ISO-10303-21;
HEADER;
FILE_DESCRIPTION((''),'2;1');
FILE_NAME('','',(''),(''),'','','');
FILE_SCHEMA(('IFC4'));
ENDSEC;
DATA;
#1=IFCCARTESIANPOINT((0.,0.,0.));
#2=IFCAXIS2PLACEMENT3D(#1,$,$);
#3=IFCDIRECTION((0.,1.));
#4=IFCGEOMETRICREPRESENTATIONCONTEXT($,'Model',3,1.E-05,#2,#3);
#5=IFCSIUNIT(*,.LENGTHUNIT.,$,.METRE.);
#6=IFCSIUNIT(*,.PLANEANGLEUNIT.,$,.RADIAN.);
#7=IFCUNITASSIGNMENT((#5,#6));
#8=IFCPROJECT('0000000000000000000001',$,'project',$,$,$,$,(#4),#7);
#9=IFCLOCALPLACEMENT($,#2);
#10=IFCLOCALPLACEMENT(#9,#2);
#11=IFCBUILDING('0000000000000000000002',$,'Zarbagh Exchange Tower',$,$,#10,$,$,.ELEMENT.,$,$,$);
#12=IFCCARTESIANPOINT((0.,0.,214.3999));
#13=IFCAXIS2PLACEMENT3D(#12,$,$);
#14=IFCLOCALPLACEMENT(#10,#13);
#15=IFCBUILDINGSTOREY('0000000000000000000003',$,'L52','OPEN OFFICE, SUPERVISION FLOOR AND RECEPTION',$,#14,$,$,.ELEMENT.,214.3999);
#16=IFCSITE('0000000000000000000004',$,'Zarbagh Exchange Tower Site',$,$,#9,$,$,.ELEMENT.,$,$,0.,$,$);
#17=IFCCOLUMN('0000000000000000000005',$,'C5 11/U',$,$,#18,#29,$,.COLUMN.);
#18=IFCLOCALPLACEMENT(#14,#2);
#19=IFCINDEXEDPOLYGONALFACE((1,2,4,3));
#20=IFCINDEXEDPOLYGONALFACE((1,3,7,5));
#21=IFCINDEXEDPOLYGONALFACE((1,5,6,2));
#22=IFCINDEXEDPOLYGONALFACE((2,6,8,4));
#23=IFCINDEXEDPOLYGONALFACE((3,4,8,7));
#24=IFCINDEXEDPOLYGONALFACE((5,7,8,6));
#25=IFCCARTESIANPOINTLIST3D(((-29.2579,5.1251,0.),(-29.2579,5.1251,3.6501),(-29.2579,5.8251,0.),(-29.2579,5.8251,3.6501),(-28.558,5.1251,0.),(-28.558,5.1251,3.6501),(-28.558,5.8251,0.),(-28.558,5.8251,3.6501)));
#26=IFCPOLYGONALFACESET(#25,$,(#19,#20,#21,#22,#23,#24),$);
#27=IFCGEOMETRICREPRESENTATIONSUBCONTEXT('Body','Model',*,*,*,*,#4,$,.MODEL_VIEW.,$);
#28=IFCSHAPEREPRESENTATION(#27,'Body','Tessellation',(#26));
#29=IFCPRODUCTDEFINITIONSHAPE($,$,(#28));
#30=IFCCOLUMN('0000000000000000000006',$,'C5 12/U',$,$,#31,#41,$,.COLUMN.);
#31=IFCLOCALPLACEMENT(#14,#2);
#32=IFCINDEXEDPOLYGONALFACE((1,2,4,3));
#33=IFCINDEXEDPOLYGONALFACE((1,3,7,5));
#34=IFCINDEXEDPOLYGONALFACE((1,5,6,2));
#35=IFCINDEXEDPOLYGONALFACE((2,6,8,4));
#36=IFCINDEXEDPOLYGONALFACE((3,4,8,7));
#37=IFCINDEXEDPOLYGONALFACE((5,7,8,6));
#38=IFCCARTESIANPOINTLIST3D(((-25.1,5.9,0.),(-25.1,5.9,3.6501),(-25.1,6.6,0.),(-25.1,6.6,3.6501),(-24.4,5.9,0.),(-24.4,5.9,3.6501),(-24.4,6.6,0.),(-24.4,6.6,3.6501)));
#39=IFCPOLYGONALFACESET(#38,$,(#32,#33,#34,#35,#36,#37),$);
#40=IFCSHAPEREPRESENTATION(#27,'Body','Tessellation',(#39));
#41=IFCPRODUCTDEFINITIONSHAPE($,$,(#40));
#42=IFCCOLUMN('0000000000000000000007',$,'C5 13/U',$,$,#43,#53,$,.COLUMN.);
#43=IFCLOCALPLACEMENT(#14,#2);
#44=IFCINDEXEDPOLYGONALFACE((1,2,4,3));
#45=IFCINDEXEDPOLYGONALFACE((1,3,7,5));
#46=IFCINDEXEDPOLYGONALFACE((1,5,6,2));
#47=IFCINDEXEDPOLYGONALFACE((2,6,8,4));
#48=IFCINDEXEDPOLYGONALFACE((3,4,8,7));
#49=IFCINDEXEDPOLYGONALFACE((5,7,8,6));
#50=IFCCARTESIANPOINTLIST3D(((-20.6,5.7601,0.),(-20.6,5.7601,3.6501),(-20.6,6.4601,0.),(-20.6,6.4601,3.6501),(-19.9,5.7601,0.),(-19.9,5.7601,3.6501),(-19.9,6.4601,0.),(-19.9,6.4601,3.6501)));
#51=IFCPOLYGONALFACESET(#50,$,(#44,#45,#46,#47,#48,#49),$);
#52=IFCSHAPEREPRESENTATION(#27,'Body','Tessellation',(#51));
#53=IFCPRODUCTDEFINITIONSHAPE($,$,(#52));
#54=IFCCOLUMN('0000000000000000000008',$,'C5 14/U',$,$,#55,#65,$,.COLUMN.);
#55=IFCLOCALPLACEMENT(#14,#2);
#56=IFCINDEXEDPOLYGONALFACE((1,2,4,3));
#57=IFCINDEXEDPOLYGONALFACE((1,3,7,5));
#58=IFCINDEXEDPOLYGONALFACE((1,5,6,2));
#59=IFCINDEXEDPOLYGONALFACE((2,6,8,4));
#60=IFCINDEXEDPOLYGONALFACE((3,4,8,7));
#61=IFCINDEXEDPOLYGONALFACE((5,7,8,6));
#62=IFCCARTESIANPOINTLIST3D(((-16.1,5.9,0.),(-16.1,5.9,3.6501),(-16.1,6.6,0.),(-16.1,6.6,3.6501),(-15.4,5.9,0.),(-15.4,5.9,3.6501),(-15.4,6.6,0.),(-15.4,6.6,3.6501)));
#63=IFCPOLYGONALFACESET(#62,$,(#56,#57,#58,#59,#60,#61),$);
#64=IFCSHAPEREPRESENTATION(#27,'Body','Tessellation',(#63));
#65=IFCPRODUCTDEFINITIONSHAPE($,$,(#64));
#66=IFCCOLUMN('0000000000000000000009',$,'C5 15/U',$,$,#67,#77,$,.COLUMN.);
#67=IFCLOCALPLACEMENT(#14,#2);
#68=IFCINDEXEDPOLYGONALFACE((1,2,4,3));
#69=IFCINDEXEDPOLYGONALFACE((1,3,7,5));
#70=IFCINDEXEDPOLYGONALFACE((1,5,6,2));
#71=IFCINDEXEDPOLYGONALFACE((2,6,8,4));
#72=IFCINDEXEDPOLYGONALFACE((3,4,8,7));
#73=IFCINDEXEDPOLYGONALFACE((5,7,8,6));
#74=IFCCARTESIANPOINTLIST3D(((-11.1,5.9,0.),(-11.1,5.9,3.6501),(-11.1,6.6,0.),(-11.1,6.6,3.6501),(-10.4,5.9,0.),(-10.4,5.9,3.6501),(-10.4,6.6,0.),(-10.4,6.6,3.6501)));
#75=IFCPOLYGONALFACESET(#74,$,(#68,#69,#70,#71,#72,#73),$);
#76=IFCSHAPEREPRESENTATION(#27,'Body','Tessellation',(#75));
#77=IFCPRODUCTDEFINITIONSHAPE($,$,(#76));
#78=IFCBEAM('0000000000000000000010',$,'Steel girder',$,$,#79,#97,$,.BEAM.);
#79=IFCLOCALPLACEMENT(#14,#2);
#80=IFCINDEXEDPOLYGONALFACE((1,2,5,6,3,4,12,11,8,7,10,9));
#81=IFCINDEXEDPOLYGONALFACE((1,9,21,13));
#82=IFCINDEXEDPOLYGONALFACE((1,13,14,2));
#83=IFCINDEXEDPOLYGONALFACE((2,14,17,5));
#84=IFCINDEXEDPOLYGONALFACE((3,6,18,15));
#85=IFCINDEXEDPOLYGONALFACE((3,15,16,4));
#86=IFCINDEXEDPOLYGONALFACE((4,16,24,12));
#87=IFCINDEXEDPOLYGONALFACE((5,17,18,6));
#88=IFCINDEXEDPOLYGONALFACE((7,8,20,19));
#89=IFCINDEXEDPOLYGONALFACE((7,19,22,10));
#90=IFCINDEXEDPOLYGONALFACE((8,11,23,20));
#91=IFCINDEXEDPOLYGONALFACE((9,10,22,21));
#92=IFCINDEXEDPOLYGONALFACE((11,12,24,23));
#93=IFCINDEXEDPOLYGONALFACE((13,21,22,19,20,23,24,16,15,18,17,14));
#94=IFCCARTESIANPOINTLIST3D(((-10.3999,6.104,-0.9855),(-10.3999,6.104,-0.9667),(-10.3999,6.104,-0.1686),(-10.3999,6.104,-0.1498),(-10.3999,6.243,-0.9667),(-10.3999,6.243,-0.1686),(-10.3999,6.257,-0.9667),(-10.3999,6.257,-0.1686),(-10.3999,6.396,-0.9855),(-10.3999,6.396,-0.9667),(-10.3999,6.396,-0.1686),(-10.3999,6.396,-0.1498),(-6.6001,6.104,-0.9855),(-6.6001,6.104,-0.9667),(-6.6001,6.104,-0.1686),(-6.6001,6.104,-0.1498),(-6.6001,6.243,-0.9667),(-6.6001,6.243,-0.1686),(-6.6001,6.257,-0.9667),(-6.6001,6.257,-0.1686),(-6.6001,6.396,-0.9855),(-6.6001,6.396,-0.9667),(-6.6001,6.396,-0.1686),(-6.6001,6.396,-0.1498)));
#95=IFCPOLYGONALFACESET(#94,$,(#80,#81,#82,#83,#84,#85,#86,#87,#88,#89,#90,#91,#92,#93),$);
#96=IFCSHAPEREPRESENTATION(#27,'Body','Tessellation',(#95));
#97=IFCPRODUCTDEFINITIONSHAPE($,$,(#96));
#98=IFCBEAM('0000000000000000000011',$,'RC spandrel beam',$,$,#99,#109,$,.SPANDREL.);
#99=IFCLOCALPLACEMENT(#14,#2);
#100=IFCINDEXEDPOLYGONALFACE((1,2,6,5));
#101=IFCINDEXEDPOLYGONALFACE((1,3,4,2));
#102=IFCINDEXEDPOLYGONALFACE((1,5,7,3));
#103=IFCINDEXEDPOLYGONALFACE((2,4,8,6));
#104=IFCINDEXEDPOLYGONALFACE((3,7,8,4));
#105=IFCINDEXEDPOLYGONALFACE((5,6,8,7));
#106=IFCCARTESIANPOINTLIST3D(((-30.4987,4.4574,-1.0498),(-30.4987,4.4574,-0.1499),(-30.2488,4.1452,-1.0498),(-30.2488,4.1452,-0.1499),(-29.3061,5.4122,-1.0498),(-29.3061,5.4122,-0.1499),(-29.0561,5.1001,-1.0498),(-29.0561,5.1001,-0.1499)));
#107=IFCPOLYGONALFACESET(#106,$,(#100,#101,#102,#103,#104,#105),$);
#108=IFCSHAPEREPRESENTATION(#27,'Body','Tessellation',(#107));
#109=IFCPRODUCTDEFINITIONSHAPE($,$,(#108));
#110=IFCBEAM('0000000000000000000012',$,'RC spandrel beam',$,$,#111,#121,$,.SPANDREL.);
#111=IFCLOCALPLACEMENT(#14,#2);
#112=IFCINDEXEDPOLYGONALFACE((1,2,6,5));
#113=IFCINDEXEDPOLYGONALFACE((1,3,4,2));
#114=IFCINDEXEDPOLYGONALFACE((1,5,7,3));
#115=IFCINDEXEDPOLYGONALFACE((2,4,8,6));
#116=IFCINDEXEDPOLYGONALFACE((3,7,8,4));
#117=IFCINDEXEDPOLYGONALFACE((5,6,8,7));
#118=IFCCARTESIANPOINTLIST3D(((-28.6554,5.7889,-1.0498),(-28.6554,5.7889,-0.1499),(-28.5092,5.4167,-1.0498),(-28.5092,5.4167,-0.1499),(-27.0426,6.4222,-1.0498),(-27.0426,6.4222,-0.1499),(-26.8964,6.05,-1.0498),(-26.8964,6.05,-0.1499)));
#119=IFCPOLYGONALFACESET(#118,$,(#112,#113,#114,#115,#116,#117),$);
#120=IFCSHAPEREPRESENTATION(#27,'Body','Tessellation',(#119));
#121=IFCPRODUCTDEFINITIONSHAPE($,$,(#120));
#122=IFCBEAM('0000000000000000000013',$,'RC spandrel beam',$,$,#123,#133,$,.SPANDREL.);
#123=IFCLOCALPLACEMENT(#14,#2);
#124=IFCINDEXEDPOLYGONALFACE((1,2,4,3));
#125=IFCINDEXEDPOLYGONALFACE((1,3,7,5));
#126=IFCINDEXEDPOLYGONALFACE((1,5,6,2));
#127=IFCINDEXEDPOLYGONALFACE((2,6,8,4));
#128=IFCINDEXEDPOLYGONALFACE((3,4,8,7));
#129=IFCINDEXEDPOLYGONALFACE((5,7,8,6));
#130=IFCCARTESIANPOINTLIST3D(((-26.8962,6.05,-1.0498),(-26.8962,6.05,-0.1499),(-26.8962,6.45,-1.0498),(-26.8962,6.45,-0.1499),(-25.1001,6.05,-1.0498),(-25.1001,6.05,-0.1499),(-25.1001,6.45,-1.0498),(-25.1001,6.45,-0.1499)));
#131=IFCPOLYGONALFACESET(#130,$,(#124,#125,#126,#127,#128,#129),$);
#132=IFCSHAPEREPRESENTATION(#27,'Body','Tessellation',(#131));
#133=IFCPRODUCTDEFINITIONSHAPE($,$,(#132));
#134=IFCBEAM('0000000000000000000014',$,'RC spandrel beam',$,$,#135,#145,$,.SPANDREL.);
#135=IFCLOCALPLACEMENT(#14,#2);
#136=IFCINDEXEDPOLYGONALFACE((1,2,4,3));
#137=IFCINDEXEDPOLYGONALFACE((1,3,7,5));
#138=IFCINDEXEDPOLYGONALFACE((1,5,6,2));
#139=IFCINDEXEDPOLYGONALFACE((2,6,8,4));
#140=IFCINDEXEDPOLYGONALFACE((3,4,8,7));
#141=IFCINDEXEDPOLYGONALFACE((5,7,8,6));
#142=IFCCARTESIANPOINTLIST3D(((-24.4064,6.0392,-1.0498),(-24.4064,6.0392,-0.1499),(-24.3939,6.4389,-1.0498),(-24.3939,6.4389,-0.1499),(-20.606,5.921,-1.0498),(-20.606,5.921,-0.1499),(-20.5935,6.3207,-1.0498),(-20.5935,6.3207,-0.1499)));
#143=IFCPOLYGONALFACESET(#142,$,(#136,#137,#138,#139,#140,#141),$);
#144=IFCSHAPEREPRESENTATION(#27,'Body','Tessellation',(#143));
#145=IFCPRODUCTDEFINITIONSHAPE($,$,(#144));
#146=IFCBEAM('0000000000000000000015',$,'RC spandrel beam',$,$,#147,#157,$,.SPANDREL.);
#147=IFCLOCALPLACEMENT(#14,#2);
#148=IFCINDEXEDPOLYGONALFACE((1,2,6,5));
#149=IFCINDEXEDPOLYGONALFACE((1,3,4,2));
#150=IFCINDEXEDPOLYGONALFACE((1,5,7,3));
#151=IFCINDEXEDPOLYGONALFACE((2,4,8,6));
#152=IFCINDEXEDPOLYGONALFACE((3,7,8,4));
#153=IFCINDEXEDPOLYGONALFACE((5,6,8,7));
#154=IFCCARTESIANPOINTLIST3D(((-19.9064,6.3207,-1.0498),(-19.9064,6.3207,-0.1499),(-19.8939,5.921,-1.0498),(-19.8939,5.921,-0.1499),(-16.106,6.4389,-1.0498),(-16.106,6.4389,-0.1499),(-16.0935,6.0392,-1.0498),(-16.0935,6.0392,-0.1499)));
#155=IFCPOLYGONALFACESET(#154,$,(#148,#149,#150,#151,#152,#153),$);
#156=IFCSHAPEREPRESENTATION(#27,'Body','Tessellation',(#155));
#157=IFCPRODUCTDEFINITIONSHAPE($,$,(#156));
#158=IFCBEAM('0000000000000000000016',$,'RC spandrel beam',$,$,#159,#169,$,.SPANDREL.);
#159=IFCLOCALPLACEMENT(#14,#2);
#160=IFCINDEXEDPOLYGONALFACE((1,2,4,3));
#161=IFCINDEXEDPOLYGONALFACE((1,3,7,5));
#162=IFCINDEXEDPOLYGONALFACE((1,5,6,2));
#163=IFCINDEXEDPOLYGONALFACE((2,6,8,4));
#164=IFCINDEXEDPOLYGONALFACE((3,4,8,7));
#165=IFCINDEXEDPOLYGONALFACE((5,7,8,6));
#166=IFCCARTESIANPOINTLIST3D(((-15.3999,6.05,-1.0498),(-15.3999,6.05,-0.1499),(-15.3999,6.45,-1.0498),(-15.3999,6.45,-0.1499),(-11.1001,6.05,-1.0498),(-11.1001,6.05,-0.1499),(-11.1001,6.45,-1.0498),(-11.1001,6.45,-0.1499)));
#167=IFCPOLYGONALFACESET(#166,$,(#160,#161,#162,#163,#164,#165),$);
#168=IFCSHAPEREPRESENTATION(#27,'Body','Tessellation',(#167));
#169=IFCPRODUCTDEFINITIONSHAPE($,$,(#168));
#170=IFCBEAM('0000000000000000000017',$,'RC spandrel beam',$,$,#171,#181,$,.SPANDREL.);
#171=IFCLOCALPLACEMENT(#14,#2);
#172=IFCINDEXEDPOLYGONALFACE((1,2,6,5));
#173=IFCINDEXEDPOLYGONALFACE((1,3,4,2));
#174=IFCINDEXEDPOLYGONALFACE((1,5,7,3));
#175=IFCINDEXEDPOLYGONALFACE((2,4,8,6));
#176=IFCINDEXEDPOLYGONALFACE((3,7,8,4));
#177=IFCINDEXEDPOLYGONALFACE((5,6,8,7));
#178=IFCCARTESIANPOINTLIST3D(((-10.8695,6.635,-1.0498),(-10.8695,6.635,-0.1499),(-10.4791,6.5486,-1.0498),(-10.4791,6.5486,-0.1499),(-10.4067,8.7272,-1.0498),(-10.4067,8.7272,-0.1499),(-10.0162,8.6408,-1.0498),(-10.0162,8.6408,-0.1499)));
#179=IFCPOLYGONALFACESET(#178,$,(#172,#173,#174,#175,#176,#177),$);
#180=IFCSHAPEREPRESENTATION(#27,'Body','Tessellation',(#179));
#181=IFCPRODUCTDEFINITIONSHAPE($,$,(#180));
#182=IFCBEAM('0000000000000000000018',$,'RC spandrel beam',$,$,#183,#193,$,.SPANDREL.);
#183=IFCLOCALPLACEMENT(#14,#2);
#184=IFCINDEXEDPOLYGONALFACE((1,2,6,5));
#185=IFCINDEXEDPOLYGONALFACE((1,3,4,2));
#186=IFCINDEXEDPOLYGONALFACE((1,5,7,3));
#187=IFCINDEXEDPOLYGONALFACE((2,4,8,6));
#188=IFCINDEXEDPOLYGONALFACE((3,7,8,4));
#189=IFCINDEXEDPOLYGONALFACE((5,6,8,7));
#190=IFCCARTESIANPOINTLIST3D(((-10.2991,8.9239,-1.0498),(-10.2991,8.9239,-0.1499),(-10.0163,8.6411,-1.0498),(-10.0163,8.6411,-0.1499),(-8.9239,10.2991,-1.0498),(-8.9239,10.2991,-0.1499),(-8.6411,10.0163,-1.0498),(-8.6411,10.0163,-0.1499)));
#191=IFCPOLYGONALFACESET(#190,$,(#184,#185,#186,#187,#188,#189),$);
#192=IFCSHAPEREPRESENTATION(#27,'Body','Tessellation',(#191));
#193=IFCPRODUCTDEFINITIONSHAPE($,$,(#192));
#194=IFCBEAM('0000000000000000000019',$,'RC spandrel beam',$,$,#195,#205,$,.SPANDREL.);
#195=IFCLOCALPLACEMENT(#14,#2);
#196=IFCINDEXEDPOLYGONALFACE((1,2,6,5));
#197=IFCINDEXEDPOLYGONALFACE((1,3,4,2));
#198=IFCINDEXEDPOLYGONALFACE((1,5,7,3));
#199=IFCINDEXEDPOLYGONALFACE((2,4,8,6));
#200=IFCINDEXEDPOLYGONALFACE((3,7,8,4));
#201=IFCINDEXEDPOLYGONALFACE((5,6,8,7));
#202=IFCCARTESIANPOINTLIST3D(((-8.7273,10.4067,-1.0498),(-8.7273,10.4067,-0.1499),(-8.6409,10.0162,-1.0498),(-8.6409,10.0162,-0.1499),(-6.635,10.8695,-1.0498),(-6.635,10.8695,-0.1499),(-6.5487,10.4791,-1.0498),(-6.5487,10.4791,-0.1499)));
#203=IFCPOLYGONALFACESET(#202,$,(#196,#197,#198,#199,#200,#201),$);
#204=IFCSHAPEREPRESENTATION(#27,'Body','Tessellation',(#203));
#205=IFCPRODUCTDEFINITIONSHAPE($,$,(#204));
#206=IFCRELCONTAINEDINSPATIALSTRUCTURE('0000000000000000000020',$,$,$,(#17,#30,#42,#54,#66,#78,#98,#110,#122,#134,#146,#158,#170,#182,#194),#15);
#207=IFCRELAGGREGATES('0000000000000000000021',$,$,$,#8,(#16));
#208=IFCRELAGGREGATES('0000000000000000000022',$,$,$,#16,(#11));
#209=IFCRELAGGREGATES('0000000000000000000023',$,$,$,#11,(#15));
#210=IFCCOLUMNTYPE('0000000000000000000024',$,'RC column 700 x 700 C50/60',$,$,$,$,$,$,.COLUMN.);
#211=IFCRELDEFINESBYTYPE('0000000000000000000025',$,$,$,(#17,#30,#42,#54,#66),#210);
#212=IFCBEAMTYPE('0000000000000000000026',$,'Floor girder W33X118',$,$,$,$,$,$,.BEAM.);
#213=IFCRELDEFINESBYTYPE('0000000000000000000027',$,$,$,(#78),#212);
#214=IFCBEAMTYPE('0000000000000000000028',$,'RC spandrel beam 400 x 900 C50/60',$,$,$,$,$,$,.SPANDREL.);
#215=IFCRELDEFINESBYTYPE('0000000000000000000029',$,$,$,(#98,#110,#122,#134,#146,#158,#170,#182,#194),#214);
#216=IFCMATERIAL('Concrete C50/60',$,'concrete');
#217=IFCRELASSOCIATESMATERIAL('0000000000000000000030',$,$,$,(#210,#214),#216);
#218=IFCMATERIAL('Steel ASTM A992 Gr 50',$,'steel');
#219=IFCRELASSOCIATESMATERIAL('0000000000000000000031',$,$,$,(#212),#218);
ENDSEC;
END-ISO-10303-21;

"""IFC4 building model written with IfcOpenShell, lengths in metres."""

from ifc_helpers import new_model, si_unit, direction, frame, origin, origin_2d, place, context, subcontext, project, spatial, rectangle, i_section, extrude, material, material_profile, profile_set, type_object, element, save


model = new_model("IFC4")

# Units and contexts
model_context = context("Model", 3, precision=1e-05, world=origin(), true_north=direction((0.0, 1.0)))
body_context = subcontext(model_context, "Body", "Model", "MODEL_VIEW")
ifc_project = project(units=[si_unit("LENGTHUNIT", "METRE"), si_unit("PLANEANGLEUNIT", "RADIAN")], contexts=[model_context])

# Site, building, storey
site_placement = place(None, origin())
site = spatial("IfcSite", under=ifc_project, at=site_placement, Name="Zarbagh Exchange Tower Site", CompositionType="ELEMENT", RefElevation=0.0)
building_placement = place(site_placement, origin())
building = spatial("IfcBuilding", under=site, at=building_placement, Name="Zarbagh Exchange Tower", CompositionType="ELEMENT")
storey_placement = place(building_placement, frame((0.0, 0.0, 214.3999)))
storey = spatial("IfcBuildingStorey", under=building, at=storey_placement, Name="L52", Description="OPEN OFFICE, SUPERVISION FLOOR AND RECEPTION", CompositionType="ELEMENT", Elevation=214.3999)

# Columns
ifc_material_1 = material(Name="Concrete C50/60", Category="concrete")
ifc_material_profile_1 = material_profile(ifc_material_1, rectangle(XDim=0.7, YDim=0.7, at=origin_2d()), Name="RC column 700 x 700 C50/60")
ifc_profile_set_1 = profile_set([ifc_material_profile_1], Name="Concrete C50/60")
column_type = type_object("IfcColumnType", Name="RC column 700 x 700 C50/60", PredefinedType="COLUMN", material=ifc_profile_set_1)
for number, where, z_axis, x_axis, name in (
    (1, (-28.908, 5.4751, 0.0), (0.0, 0.0, 1.0), (1.0, 0.0, 0.0), "C5 11/U"),
    (2, (-24.75, 6.25, 0.0), (0.0, 0.0, 1.0), (1.0, 0.0, 0.0), "C5 12/U"),
    (3, (-20.25, 6.1101, 0.0), (0.0, 0.0, 1.0), (1.0, 0.0, 0.0), "C5 13/U"),
    (4, (-15.75, 6.25, 0.0), (0.0, 0.0, 1.0), (1.0, 0.0, 0.0), "C5 14/U"),
    (5, (-10.75, 6.25, 0.0), (0.0, 0.0, 1.0), (1.0, 0.0, 0.0), "C5 15/U"),
):
    element("IfcColumn", number, at=place(storey_placement, frame(where, z_axis=z_axis, x_axis=x_axis)), inside=storey, type_object=column_type, Name=name, PredefinedType="COLUMN", context=body_context, shape_type="SweptSolid", body=[
        extrude(rectangle(XDim=0.7, YDim=0.7, at=origin_2d()), origin(), (0.0, 0.0, 1.0), 3.6501),
    ])

# Beams
ifc_material_2 = material(Name="Steel ASTM A992 Gr 50", Category="steel")
ifc_material_profile_2 = material_profile(ifc_material_2, i_section(OverallWidth=0.292, OverallDepth=0.8357, WebThickness=0.0139, FlangeThickness=0.0188, at=origin_2d()), Name="W33X118")
ifc_profile_set_2 = profile_set([ifc_material_profile_2], Name="Steel ASTM A992 Gr 50")
beam_type_1 = type_object("IfcBeamType", Name="Floor girder W33X118", PredefinedType="BEAM", material=ifc_profile_set_2)
beam_1_placement = place(storey_placement, frame((-10.3999, 6.25, -0.5676), z_axis=(1.0, 0.0, 0.0), x_axis=(0.0, 1.0, 0.0)))
element("IfcBeam", 6, at=beam_1_placement, inside=storey, type_object=beam_type_1, Name="Steel girder", PredefinedType="BEAM", context=body_context, shape_type="SweptSolid", body=[
    extrude(i_section(OverallWidth=0.292, OverallDepth=0.8357, WebThickness=0.0139, FlangeThickness=0.0188, at=origin_2d()), origin(), (0.0, 0.0, 1.0), 3.7998),
])
ifc_material_profile_3 = material_profile(ifc_material_1, rectangle(XDim=0.3999, YDim=0.8999, at=origin_2d()), Name="RC spandrel beam 400 x 900 C50/60")
ifc_profile_set_3 = profile_set([ifc_material_profile_3], Name="Concrete C50/60")
beam_type_2 = type_object("IfcBeamType", Name="RC spandrel beam 400 x 900 C50/60", PredefinedType="SPANDREL", material=ifc_profile_set_3)
beam_2_placement = place(storey_placement, frame((-30.3738, 4.3013, -0.5999), z_axis=(0.780635, 0.624987, 0.0), x_axis=(-0.624987, 0.780635, 0.0)))
element("IfcBeam", 7, at=beam_2_placement, inside=storey, type_object=beam_type_2, Name="RC spandrel beam", PredefinedType="SPANDREL", context=body_context, shape_type="SweptSolid", body=[
    extrude(rectangle(XDim=0.3999, YDim=0.8999, at=origin_2d()), origin(), (0.0, 0.0, 1.0), 1.5278),
])
beam_3_placement = place(storey_placement, frame((-28.5823, 5.6028, -0.5999), z_axis=(0.93081, 0.365504, 0.0), x_axis=(-0.365504, 0.93081, 0.0)))
element("IfcBeam", 8, at=beam_3_placement, inside=storey, type_object=beam_type_2, Name="RC spandrel beam", PredefinedType="SPANDREL", context=body_context, shape_type="SweptSolid", body=[
    extrude(rectangle(XDim=0.3999, YDim=0.8999, at=origin_2d()), origin(), (0.0, 0.0, 1.0), 1.7327),
])
beam_4_placement = place(storey_placement, frame((-26.8962, 6.25, -0.5999), z_axis=(1.0, 0.0, 0.0), x_axis=(0.0, 1.0, 0.0)))
element("IfcBeam", 9, at=beam_4_placement, inside=storey, type_object=beam_type_2, Name="RC spandrel beam", PredefinedType="SPANDREL", context=body_context, shape_type="SweptSolid", body=[
    extrude(rectangle(XDim=0.3999, YDim=0.8999, at=origin_2d()), origin(), (0.0, 0.0, 1.0), 1.7961),
])
for number, where, z_axis, x_axis, name in (
    (10, (-24.4001, 6.239, -0.5999), (0.999517, -0.031078, 0.0), (0.031078, 0.999517, 0.0), "RC spandrel beam"),
    (11, (-19.9001, 6.1208, -0.5999), (0.999517, 0.031078, 0.0), (-0.031078, 0.999517, 0.0), "RC spandrel beam"),
):
    element("IfcBeam", number, at=place(storey_placement, frame(where, z_axis=z_axis, x_axis=x_axis)), inside=storey, type_object=beam_type_2, Name=name, PredefinedType="SPANDREL", context=body_context, shape_type="SweptSolid", body=[
        extrude(rectangle(XDim=0.3999, YDim=0.8999, at=origin_2d()), origin(), (0.0, 0.0, 1.0), 3.8022),
    ])
beam_5_placement = place(storey_placement, frame((-15.3999, 6.25, -0.5999), z_axis=(1.0, 0.0, 0.0), x_axis=(0.0, 1.0, 0.0)))
element("IfcBeam", 12, at=beam_5_placement, inside=storey, type_object=beam_type_2, Name="RC spandrel beam", PredefinedType="SPANDREL", context=body_context, shape_type="SweptSolid", body=[
    extrude(rectangle(XDim=0.3999, YDim=0.8999, at=origin_2d()), origin(), (0.0, 0.0, 1.0), 4.2998),
])
beam_6_placement = place(storey_placement, frame((-10.6743, 6.5918, -0.5999), z_axis=(0.216014, 0.97639, 0.0), x_axis=(-0.97639, 0.216014, 0.0)))
element("IfcBeam", 13, at=beam_6_placement, inside=storey, type_object=beam_type_2, Name="RC spandrel beam", PredefinedType="SPANDREL", context=body_context, shape_type="SweptSolid", body=[
    extrude(rectangle(XDim=0.3999, YDim=0.8999, at=origin_2d()), origin(), (0.0, 0.0, 1.0), 2.1428),
])
beam_7_placement = place(storey_placement, frame((-10.1577, 8.7825, -0.5999), z_axis=(0.707107, 0.707107, 0.0), x_axis=(-0.707107, 0.707107, 0.0)))
element("IfcBeam", 14, at=beam_7_placement, inside=storey, type_object=beam_type_2, Name="RC spandrel beam", PredefinedType="SPANDREL", context=body_context, shape_type="SweptSolid", body=[
    extrude(rectangle(XDim=0.3999, YDim=0.8999, at=origin_2d()), origin(), (0.0, 0.0, 1.0), 1.9448),
])
beam_8_placement = place(storey_placement, frame((-8.6841, 10.2114, -0.5999), z_axis=(0.97639, 0.216014, 0.0), x_axis=(-0.216014, 0.97639, 0.0)))
element("IfcBeam", 15, at=beam_8_placement, inside=storey, type_object=beam_type_2, Name="RC spandrel beam", PredefinedType="SPANDREL", context=body_context, shape_type="SweptSolid", body=[
    extrude(rectangle(XDim=0.3999, YDim=0.8999, at=origin_2d()), origin(), (0.0, 0.0, 1.0), 2.1428),
])

save(model, "model.ifc")
